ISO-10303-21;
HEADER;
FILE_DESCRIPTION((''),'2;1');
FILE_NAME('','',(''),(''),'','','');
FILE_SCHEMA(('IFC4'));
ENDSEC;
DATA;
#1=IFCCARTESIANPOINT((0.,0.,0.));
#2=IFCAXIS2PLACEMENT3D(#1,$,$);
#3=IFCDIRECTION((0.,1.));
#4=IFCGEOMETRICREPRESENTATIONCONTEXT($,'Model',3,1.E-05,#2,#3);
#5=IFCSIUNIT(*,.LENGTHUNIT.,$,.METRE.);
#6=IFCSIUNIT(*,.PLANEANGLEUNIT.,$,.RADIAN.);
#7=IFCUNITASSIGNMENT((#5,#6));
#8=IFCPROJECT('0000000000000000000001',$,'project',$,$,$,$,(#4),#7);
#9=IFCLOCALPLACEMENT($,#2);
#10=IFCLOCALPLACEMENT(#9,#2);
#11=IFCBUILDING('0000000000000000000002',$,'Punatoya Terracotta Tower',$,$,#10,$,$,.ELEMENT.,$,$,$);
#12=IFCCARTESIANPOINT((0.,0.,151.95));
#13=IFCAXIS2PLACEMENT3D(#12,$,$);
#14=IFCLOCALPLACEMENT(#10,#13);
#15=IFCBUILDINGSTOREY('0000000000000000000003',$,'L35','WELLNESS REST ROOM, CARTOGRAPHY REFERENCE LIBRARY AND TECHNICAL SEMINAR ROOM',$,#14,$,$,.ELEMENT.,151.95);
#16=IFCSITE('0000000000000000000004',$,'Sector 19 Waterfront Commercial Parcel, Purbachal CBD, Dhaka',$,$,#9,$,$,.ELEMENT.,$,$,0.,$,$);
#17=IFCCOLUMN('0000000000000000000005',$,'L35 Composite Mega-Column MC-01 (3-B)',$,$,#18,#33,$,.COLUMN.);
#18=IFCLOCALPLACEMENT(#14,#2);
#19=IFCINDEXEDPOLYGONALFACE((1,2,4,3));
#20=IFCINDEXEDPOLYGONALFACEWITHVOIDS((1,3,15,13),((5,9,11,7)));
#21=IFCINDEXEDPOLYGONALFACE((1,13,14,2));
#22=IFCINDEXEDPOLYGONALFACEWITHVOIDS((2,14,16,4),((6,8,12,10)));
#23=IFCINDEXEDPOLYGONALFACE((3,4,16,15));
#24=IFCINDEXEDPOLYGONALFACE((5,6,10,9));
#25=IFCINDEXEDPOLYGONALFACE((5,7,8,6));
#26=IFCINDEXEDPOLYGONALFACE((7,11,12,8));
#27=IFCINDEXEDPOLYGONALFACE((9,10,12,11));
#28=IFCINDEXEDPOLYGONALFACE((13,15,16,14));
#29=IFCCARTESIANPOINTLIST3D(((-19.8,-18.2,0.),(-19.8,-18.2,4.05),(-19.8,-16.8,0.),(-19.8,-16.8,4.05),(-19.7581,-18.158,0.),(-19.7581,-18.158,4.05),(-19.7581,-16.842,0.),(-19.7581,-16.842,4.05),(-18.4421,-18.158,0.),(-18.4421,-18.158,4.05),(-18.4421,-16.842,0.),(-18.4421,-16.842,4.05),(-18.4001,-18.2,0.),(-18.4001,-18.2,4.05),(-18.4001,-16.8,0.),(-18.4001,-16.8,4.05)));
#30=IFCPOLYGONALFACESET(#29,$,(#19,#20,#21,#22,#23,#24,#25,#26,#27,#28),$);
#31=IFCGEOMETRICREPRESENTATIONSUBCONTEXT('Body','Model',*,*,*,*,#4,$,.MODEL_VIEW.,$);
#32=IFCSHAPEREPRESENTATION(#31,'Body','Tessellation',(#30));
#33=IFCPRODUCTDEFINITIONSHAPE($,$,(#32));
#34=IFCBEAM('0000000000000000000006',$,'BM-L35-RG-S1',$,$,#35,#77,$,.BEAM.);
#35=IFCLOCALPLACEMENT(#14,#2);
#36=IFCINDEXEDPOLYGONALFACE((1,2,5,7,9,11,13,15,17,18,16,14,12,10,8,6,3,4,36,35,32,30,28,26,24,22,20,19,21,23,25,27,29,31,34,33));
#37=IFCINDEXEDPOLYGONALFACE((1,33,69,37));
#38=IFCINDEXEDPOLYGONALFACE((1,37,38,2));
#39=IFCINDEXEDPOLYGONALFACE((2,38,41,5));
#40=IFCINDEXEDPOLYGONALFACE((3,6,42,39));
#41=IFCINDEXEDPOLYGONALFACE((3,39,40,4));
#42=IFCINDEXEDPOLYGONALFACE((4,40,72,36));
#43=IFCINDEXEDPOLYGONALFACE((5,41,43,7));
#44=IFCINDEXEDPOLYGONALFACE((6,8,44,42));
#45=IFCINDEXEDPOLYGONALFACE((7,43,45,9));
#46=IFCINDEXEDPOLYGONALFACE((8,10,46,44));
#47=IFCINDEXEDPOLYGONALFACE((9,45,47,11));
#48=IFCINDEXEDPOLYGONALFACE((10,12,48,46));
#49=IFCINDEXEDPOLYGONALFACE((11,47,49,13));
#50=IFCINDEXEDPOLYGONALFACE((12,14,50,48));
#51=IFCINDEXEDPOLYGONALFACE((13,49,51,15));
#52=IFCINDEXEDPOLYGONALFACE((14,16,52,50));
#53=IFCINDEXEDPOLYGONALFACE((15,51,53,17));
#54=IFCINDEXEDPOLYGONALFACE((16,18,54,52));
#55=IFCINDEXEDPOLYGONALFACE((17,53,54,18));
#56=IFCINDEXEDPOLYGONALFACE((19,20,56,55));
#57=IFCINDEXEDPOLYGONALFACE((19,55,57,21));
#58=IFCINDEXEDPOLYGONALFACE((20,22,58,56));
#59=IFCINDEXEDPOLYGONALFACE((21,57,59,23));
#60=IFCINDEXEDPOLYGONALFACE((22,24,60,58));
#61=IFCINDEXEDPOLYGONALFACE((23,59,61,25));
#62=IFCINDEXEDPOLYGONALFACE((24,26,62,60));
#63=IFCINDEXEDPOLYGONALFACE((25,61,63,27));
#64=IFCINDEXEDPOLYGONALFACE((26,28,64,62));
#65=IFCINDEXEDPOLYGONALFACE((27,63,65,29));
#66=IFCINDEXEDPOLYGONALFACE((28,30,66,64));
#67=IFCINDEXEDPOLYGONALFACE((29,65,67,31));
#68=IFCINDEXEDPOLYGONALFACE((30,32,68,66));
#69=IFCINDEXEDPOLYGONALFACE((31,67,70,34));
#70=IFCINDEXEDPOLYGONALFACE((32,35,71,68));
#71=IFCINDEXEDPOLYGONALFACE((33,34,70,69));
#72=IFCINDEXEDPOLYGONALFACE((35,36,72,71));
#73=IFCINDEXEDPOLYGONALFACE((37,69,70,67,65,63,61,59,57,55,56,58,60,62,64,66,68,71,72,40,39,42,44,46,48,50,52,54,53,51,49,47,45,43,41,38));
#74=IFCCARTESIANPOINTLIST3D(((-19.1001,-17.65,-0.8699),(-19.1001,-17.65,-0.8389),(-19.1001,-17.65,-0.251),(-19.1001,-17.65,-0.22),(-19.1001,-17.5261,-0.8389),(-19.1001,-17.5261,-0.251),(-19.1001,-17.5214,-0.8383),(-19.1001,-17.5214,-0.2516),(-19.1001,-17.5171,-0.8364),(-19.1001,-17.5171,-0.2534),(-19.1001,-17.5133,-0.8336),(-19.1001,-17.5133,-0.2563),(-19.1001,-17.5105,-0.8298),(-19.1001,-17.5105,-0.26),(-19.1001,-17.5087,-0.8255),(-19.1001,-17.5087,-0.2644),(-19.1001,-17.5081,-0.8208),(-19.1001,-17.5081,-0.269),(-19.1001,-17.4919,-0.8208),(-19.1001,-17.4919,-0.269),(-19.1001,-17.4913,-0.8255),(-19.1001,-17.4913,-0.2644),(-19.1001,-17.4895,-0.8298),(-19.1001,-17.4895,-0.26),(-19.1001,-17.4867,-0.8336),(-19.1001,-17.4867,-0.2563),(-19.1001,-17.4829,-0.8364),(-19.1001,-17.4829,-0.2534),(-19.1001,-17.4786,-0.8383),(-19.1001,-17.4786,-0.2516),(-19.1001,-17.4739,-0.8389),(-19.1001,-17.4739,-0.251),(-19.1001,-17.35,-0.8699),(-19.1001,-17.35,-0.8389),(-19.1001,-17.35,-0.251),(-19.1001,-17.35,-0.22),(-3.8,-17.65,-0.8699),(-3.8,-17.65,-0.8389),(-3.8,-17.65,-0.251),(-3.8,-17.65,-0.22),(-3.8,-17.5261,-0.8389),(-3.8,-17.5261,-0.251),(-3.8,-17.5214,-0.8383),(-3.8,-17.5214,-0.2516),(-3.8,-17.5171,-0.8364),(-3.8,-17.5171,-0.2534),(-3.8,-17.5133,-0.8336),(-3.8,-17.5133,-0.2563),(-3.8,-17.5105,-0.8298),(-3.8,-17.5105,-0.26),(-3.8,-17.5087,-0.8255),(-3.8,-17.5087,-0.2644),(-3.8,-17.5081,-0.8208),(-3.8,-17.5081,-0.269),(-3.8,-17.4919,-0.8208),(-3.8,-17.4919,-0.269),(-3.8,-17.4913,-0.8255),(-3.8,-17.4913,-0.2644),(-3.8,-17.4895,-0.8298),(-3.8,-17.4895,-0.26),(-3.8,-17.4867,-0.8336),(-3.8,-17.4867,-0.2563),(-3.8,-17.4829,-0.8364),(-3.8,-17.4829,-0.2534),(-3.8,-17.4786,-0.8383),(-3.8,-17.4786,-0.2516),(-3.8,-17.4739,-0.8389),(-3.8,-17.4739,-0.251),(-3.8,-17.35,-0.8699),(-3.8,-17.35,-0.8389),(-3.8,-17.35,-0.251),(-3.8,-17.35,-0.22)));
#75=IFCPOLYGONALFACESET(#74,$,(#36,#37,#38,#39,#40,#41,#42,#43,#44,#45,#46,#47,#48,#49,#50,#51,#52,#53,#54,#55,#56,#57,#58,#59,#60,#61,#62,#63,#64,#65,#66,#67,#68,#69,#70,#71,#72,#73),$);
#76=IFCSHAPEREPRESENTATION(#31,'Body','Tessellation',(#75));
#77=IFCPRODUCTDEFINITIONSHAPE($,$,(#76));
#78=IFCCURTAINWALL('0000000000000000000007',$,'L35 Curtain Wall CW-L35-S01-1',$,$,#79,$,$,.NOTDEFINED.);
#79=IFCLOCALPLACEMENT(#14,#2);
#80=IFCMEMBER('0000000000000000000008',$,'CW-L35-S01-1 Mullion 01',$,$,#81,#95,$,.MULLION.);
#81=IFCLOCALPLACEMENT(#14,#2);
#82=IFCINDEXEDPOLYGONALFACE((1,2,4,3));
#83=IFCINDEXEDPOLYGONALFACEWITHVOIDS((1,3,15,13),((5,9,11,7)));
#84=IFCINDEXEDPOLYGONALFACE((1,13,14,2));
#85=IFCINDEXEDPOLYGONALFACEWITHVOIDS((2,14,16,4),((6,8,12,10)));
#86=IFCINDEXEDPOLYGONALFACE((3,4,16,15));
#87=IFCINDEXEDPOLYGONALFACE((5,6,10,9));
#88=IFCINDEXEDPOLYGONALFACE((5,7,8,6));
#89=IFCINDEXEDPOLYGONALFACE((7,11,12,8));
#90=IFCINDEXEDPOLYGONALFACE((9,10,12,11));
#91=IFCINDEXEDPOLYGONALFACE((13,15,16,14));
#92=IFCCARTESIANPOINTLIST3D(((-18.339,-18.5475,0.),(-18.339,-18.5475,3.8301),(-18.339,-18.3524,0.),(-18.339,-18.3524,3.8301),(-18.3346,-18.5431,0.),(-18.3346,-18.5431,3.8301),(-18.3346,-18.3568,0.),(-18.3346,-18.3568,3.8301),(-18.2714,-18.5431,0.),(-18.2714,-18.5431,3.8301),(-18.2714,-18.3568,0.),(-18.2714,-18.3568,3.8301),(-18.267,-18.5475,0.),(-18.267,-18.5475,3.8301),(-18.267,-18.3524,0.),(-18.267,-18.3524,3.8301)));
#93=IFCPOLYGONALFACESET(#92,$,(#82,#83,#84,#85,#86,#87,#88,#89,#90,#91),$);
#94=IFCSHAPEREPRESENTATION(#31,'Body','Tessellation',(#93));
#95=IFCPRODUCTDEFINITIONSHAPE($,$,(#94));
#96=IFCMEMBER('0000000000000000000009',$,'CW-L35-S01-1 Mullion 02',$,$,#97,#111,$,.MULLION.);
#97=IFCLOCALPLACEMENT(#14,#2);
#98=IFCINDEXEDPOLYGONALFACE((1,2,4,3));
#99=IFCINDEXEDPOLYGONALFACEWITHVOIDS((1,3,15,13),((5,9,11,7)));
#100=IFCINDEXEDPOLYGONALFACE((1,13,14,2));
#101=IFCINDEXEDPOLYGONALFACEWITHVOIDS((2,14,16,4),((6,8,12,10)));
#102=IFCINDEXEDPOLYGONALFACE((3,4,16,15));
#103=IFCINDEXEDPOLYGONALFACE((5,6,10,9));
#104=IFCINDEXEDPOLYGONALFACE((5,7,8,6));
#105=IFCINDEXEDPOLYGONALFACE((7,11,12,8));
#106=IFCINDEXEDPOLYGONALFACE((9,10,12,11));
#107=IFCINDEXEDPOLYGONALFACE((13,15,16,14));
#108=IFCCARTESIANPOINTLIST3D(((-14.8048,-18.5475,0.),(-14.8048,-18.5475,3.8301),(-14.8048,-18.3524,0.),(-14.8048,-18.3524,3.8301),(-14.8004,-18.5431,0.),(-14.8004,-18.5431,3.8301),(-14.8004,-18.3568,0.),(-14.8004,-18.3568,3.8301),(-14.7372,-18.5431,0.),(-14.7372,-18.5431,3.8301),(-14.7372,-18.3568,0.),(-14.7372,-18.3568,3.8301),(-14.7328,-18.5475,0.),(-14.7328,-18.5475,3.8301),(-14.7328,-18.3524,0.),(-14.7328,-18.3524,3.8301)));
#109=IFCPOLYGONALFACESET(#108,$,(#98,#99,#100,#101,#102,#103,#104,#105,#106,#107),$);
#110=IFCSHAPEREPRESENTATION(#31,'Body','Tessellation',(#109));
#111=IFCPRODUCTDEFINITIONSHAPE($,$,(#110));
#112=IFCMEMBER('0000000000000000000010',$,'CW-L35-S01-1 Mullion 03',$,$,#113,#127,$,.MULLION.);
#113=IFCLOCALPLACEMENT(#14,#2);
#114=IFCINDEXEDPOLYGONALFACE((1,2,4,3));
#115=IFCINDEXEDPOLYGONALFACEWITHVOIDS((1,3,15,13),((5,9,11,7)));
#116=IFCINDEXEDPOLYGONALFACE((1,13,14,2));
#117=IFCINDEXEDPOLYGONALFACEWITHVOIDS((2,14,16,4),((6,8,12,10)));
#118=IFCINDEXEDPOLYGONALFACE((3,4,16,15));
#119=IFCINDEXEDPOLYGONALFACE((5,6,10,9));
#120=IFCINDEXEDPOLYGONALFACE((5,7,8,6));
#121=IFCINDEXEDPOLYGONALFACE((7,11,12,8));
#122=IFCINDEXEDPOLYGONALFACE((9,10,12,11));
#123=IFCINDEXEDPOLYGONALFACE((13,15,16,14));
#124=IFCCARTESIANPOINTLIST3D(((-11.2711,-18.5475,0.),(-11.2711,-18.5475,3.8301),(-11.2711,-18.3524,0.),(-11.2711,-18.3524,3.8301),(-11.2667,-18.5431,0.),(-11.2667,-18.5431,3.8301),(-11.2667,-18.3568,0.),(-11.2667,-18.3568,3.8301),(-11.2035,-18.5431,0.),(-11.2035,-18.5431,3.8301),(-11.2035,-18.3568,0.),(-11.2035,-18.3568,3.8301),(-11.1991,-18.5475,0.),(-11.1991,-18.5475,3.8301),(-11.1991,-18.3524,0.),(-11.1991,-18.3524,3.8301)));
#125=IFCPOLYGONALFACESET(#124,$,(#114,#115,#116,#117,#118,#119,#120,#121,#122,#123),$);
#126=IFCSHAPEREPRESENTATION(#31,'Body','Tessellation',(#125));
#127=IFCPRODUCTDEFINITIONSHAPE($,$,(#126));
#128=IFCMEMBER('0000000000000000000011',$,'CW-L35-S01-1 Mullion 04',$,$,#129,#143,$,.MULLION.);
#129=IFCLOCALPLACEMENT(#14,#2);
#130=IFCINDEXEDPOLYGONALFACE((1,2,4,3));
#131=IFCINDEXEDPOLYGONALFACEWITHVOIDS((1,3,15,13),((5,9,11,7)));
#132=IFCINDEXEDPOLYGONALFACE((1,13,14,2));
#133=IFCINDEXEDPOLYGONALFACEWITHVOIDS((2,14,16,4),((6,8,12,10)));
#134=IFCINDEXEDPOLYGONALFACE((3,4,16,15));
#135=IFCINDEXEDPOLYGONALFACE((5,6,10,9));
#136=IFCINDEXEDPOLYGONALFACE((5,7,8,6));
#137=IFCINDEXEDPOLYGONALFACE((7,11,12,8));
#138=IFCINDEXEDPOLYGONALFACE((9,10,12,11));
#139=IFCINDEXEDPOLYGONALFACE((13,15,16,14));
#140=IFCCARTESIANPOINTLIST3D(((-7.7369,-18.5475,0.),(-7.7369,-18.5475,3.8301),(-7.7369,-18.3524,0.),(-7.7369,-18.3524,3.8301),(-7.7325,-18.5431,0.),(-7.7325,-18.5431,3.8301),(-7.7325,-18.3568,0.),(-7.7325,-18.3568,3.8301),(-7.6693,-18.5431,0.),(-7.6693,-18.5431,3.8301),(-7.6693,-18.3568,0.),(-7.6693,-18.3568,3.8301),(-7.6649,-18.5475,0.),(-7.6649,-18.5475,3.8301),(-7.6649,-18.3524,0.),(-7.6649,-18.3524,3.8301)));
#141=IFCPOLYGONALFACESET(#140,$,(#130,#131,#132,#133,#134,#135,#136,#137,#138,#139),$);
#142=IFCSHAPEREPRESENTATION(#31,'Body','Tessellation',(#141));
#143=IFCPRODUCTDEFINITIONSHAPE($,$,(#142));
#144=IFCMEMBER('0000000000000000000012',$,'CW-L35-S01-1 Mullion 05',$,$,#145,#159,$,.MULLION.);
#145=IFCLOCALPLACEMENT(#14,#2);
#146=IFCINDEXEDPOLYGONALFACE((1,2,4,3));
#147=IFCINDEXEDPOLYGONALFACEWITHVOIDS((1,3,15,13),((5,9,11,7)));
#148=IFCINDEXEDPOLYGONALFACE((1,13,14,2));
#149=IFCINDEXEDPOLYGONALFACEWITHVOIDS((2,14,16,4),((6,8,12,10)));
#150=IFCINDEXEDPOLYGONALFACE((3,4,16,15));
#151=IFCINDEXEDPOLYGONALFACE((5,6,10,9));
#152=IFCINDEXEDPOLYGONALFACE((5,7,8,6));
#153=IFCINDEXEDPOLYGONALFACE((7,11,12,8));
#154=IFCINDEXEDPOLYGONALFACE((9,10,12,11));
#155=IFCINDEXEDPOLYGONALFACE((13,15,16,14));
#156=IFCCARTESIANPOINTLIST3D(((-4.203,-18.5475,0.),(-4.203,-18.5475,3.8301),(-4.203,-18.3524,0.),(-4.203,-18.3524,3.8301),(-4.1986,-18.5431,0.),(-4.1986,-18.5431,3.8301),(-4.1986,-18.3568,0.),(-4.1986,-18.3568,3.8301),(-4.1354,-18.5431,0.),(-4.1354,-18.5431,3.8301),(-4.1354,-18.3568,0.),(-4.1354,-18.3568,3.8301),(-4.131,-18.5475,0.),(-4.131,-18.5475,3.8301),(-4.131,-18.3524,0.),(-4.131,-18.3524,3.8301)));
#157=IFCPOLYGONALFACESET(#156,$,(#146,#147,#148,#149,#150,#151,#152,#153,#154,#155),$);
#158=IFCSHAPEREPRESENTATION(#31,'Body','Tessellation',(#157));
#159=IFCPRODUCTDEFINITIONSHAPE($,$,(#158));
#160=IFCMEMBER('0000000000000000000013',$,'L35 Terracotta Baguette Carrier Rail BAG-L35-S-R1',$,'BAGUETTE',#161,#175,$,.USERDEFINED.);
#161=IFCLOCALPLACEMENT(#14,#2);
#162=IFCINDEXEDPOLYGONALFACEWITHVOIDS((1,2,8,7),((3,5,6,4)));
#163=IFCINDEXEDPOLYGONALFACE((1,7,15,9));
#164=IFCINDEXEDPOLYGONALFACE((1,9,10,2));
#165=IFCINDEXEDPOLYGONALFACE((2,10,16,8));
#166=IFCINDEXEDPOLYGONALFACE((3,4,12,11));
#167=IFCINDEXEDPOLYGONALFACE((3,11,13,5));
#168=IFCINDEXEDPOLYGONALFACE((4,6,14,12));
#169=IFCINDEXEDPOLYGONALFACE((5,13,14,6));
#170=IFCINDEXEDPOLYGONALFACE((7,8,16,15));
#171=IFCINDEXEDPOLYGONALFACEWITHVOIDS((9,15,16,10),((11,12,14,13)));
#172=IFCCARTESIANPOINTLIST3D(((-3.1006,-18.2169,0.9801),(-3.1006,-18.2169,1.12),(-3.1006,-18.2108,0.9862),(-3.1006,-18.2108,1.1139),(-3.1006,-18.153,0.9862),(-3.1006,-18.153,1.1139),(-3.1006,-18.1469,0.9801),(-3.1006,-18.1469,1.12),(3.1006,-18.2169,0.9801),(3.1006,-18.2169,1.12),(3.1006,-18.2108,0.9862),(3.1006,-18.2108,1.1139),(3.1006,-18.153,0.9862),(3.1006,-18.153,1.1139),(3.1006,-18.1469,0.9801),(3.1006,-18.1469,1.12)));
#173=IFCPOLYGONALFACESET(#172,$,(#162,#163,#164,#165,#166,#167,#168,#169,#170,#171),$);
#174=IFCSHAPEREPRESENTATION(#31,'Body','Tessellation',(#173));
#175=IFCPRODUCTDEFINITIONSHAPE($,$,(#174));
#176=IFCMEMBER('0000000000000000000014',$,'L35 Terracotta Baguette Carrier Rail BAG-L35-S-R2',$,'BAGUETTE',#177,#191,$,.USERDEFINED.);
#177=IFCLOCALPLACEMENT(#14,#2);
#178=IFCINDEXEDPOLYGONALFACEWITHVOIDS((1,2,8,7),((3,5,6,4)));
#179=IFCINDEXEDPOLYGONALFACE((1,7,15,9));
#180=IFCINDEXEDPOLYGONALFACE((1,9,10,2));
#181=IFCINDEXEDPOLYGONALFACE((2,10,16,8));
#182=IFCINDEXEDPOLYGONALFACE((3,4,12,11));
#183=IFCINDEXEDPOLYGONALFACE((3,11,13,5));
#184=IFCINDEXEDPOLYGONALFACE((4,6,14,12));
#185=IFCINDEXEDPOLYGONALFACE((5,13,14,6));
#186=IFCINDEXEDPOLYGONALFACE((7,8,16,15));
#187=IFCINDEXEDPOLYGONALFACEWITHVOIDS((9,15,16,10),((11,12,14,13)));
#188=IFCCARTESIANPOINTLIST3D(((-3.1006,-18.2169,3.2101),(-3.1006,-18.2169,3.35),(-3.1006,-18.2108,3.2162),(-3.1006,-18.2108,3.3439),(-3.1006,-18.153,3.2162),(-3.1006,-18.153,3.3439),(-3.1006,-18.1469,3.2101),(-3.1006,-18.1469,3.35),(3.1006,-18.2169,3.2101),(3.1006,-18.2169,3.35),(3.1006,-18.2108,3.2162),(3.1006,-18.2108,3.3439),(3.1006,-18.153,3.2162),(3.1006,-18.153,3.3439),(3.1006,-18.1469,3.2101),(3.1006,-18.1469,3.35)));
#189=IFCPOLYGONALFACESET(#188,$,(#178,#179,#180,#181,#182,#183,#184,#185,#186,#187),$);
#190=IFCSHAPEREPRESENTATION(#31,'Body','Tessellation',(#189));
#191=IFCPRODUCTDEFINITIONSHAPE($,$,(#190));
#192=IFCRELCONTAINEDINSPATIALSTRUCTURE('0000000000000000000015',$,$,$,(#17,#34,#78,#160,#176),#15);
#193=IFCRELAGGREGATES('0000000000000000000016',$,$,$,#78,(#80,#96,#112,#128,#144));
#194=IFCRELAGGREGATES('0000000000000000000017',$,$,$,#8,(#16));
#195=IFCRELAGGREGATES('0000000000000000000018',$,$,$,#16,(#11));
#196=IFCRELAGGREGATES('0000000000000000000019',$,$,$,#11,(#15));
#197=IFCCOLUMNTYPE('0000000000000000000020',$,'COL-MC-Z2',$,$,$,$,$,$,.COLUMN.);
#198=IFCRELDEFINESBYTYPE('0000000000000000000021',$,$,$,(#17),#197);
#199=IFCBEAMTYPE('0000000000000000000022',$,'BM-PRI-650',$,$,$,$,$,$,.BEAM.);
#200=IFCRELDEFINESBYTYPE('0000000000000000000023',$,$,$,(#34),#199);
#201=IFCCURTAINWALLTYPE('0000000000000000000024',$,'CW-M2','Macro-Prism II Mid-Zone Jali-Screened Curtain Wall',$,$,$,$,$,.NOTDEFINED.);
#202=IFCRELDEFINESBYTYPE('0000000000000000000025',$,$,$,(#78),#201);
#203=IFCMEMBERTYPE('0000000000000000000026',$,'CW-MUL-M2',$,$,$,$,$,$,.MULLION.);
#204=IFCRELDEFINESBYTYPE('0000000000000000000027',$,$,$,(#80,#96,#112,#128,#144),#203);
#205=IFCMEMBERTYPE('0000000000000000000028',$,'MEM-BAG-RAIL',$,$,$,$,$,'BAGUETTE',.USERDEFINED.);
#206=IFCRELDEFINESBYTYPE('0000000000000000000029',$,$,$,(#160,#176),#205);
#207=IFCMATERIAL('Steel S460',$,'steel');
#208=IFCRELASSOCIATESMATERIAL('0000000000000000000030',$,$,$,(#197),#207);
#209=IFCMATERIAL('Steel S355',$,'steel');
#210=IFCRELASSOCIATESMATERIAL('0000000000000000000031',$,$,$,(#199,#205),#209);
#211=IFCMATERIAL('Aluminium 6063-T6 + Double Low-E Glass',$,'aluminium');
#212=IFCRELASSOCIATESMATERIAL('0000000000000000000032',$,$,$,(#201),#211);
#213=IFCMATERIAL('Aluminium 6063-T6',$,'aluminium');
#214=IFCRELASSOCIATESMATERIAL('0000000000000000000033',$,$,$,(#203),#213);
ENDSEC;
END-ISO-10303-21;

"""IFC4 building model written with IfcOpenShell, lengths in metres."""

from ifc_helpers import new_model, si_unit, direction, frame, origin, origin_2d, place, context, subcontext, project, spatial, hollow_rectangle, i_section, extrude, material, material_profile, profile_set, type_object, element, aggregate, save


model = new_model("IFC4")

# Units and contexts
model_context = context("Model", 3, precision=1e-05, world=origin(), true_north=direction((0.0, 1.0)))
body_context = subcontext(model_context, "Body", "Model", "MODEL_VIEW")
ifc_project = project(units=[si_unit("LENGTHUNIT", "METRE"), si_unit("PLANEANGLEUNIT", "RADIAN")], contexts=[model_context])

# Site, building, storey
site_placement = place(None, origin())
site = spatial("IfcSite", under=ifc_project, at=site_placement, Name="Sector 19 Waterfront Commercial Parcel, Purbachal CBD, Dhaka", CompositionType="ELEMENT", RefElevation=0.0)
building_placement = place(site_placement, origin())
building = spatial("IfcBuilding", under=site, at=building_placement, Name="Punatoya Terracotta Tower", CompositionType="ELEMENT")
storey_placement = place(building_placement, frame((0.0, 0.0, 151.95)))
storey = spatial("IfcBuildingStorey", under=building, at=storey_placement, Name="L35", Description="WELLNESS REST ROOM, CARTOGRAPHY REFERENCE LIBRARY AND TECHNICAL SEMINAR ROOM", CompositionType="ELEMENT", Elevation=151.95)

# Column
ifc_material_1 = material(Name="Steel S460", Category="steel")
ifc_material_profile_1 = material_profile(ifc_material_1, hollow_rectangle(XDim=1.3999, YDim=1.3999, WallThickness=0.042, at=origin_2d()))
ifc_profile_set_1 = profile_set([ifc_material_profile_1], Name="Steel S460")
column_type = type_object("IfcColumnType", Name="COL-MC-Z2", PredefinedType="COLUMN", material=ifc_profile_set_1)
column_placement = place(storey_placement, frame((-19.1001, -17.5, 0.0), z_axis=(0.0, 0.0, 1.0), x_axis=(1.0, 0.0, 0.0)))
element("IfcColumn", 1, at=column_placement, inside=storey, type_object=column_type, Name="L35 Composite Mega-Column MC-01 (3-B)", PredefinedType="COLUMN", context=body_context, shape_type="SweptSolid", body=[
    extrude(hollow_rectangle(XDim=1.3999, YDim=1.3999, WallThickness=0.042, at=origin_2d()), origin(), (0.0, 0.0, 1.0), 4.05),
])

# Beam
ifc_material_2 = material(Name="Steel S355", Category="steel")
ifc_material_profile_2 = material_profile(ifc_material_2, i_section(OverallWidth=0.3, OverallDepth=0.6499, WebThickness=0.0161, FlangeThickness=0.031, FilletRadius=0.0181, at=origin_2d()))
ifc_profile_set_2 = profile_set([ifc_material_profile_2], Name="Steel S355")
beam_type = type_object("IfcBeamType", Name="BM-PRI-650", PredefinedType="BEAM", material=ifc_profile_set_2)
beam_placement = place(storey_placement, frame((-19.1001, -17.5, -0.5449), z_axis=(1.0, 0.0, 0.0), x_axis=(0.0, 1.0, 0.0)))
element("IfcBeam", 2, at=beam_placement, inside=storey, type_object=beam_type, Name="BM-L35-RG-S1", PredefinedType="BEAM", context=body_context, shape_type="SweptSolid", body=[
    extrude(i_section(OverallWidth=0.3, OverallDepth=0.6499, WebThickness=0.0161, FlangeThickness=0.031, FilletRadius=0.0181, at=origin_2d()), origin(), (0.0, 0.0, 1.0), 15.3),
])

# Curtain wall, members
ifc_material_3 = material(Name="Aluminium 6063-T6 + Double Low-E Glass", Category="aluminium")
curtain_wall_type = type_object("IfcCurtainWallType", Name="CW-M2", Description="Macro-Prism II Mid-Zone Jali-Screened Curtain Wall", PredefinedType="NOTDEFINED", material=ifc_material_3)
curtain_wall_placement = place(storey_placement, origin())
curtain_wall = element("IfcCurtainWall", 3, at=curtain_wall_placement, inside=storey, type_object=curtain_wall_type, Name="L35 Curtain Wall CW-L35-S01-1", PredefinedType="NOTDEFINED")
ifc_material_4 = material(Name="Aluminium 6063-T6", Category="aluminium")
ifc_material_profile_3 = material_profile(ifc_material_4, hollow_rectangle(XDim=0.072, YDim=0.1951, WallThickness=0.0044, at=origin_2d()))
ifc_profile_set_3 = profile_set([ifc_material_profile_3], Name="Aluminium 6063-T6")
member_type_1 = type_object("IfcMemberType", Name="CW-MUL-M2", PredefinedType="MULLION", material=ifc_profile_set_3)
member_1_placement = place(storey_placement, frame((-18.303, -18.45, 0.0), z_axis=(0.0, 0.0, 1.0), x_axis=(1.0, 0.0, 0.0)))
member_1 = element("IfcMember", 4, at=member_1_placement, type_object=member_type_1, Name="CW-L35-S01-1 Mullion 01", PredefinedType="MULLION", context=body_context, shape_type="SweptSolid", body=[
    extrude(hollow_rectangle(XDim=0.072, YDim=0.1951, WallThickness=0.0044, at=origin_2d()), origin(), (0.0, 0.0, 1.0), 3.8301),
])
member_2_placement = place(storey_placement, frame((-14.7688, -18.45, 0.0), z_axis=(0.0, 0.0, 1.0), x_axis=(1.0, 0.0, 0.0)))
member_2 = element("IfcMember", 5, at=member_2_placement, type_object=member_type_1, Name="CW-L35-S01-1 Mullion 02", PredefinedType="MULLION", context=body_context, shape_type="SweptSolid", body=[
    extrude(hollow_rectangle(XDim=0.072, YDim=0.1951, WallThickness=0.0044, at=origin_2d()), origin(), (0.0, 0.0, 1.0), 3.8301),
])
member_3_placement = place(storey_placement, frame((-11.2351, -18.45, 0.0), z_axis=(0.0, 0.0, 1.0), x_axis=(1.0, 0.0, 0.0)))
member_3 = element("IfcMember", 6, at=member_3_placement, type_object=member_type_1, Name="CW-L35-S01-1 Mullion 03", PredefinedType="MULLION", context=body_context, shape_type="SweptSolid", body=[
    extrude(hollow_rectangle(XDim=0.072, YDim=0.1951, WallThickness=0.0044, at=origin_2d()), origin(), (0.0, 0.0, 1.0), 3.8301),
])
member_4_placement = place(storey_placement, frame((-7.7009, -18.45, 0.0), z_axis=(0.0, 0.0, 1.0), x_axis=(1.0, 0.0, 0.0)))
member_4 = element("IfcMember", 7, at=member_4_placement, type_object=member_type_1, Name="CW-L35-S01-1 Mullion 04", PredefinedType="MULLION", context=body_context, shape_type="SweptSolid", body=[
    extrude(hollow_rectangle(XDim=0.072, YDim=0.1951, WallThickness=0.0044, at=origin_2d()), origin(), (0.0, 0.0, 1.0), 3.8301),
])
member_5_placement = place(storey_placement, frame((-4.167, -18.45, 0.0), z_axis=(0.0, 0.0, 1.0), x_axis=(1.0, 0.0, 0.0)))
member_5 = element("IfcMember", 8, at=member_5_placement, type_object=member_type_1, Name="CW-L35-S01-1 Mullion 05", PredefinedType="MULLION", context=body_context, shape_type="SweptSolid", body=[
    extrude(hollow_rectangle(XDim=0.072, YDim=0.1951, WallThickness=0.0044, at=origin_2d()), origin(), (0.0, 0.0, 1.0), 3.8301),
])

# Members
ifc_material_profile_4 = material_profile(ifc_material_2, hollow_rectangle(XDim=0.0701, YDim=0.1399, WallThickness=0.0061, at=origin_2d()))
ifc_profile_set_4 = profile_set([ifc_material_profile_4], Name="Steel S355")
member_type_2 = type_object("IfcMemberType", Name="MEM-BAG-RAIL", ElementType="BAGUETTE", PredefinedType="USERDEFINED", material=ifc_profile_set_4)
for number, where, z_axis, x_axis, name in (
    (9, (-3.1006, -18.1819, 1.05), (1.0, 0.0, 0.0), (0.0, 1.0, 0.0), "L35 Terracotta Baguette Carrier Rail BAG-L35-S-R1"),
    (10, (-3.1006, -18.1819, 3.28), (1.0, 0.0, 0.0), (0.0, 1.0, 0.0), "L35 Terracotta Baguette Carrier Rail BAG-L35-S-R2"),
):
    element("IfcMember", number, at=place(storey_placement, frame(where, z_axis=z_axis, x_axis=x_axis)), inside=storey, type_object=member_type_2, Name=name, ObjectType="BAGUETTE", PredefinedType="USERDEFINED", context=body_context, shape_type="SweptSolid", body=[
        extrude(hollow_rectangle(XDim=0.0701, YDim=0.1399, WallThickness=0.0061, at=origin_2d()), origin(), (0.0, 0.0, 1.0), 6.2012),
    ])

aggregate(curtain_wall, [member_1, member_2, member_3, member_4, member_5])

save(model, "model.ifc")
